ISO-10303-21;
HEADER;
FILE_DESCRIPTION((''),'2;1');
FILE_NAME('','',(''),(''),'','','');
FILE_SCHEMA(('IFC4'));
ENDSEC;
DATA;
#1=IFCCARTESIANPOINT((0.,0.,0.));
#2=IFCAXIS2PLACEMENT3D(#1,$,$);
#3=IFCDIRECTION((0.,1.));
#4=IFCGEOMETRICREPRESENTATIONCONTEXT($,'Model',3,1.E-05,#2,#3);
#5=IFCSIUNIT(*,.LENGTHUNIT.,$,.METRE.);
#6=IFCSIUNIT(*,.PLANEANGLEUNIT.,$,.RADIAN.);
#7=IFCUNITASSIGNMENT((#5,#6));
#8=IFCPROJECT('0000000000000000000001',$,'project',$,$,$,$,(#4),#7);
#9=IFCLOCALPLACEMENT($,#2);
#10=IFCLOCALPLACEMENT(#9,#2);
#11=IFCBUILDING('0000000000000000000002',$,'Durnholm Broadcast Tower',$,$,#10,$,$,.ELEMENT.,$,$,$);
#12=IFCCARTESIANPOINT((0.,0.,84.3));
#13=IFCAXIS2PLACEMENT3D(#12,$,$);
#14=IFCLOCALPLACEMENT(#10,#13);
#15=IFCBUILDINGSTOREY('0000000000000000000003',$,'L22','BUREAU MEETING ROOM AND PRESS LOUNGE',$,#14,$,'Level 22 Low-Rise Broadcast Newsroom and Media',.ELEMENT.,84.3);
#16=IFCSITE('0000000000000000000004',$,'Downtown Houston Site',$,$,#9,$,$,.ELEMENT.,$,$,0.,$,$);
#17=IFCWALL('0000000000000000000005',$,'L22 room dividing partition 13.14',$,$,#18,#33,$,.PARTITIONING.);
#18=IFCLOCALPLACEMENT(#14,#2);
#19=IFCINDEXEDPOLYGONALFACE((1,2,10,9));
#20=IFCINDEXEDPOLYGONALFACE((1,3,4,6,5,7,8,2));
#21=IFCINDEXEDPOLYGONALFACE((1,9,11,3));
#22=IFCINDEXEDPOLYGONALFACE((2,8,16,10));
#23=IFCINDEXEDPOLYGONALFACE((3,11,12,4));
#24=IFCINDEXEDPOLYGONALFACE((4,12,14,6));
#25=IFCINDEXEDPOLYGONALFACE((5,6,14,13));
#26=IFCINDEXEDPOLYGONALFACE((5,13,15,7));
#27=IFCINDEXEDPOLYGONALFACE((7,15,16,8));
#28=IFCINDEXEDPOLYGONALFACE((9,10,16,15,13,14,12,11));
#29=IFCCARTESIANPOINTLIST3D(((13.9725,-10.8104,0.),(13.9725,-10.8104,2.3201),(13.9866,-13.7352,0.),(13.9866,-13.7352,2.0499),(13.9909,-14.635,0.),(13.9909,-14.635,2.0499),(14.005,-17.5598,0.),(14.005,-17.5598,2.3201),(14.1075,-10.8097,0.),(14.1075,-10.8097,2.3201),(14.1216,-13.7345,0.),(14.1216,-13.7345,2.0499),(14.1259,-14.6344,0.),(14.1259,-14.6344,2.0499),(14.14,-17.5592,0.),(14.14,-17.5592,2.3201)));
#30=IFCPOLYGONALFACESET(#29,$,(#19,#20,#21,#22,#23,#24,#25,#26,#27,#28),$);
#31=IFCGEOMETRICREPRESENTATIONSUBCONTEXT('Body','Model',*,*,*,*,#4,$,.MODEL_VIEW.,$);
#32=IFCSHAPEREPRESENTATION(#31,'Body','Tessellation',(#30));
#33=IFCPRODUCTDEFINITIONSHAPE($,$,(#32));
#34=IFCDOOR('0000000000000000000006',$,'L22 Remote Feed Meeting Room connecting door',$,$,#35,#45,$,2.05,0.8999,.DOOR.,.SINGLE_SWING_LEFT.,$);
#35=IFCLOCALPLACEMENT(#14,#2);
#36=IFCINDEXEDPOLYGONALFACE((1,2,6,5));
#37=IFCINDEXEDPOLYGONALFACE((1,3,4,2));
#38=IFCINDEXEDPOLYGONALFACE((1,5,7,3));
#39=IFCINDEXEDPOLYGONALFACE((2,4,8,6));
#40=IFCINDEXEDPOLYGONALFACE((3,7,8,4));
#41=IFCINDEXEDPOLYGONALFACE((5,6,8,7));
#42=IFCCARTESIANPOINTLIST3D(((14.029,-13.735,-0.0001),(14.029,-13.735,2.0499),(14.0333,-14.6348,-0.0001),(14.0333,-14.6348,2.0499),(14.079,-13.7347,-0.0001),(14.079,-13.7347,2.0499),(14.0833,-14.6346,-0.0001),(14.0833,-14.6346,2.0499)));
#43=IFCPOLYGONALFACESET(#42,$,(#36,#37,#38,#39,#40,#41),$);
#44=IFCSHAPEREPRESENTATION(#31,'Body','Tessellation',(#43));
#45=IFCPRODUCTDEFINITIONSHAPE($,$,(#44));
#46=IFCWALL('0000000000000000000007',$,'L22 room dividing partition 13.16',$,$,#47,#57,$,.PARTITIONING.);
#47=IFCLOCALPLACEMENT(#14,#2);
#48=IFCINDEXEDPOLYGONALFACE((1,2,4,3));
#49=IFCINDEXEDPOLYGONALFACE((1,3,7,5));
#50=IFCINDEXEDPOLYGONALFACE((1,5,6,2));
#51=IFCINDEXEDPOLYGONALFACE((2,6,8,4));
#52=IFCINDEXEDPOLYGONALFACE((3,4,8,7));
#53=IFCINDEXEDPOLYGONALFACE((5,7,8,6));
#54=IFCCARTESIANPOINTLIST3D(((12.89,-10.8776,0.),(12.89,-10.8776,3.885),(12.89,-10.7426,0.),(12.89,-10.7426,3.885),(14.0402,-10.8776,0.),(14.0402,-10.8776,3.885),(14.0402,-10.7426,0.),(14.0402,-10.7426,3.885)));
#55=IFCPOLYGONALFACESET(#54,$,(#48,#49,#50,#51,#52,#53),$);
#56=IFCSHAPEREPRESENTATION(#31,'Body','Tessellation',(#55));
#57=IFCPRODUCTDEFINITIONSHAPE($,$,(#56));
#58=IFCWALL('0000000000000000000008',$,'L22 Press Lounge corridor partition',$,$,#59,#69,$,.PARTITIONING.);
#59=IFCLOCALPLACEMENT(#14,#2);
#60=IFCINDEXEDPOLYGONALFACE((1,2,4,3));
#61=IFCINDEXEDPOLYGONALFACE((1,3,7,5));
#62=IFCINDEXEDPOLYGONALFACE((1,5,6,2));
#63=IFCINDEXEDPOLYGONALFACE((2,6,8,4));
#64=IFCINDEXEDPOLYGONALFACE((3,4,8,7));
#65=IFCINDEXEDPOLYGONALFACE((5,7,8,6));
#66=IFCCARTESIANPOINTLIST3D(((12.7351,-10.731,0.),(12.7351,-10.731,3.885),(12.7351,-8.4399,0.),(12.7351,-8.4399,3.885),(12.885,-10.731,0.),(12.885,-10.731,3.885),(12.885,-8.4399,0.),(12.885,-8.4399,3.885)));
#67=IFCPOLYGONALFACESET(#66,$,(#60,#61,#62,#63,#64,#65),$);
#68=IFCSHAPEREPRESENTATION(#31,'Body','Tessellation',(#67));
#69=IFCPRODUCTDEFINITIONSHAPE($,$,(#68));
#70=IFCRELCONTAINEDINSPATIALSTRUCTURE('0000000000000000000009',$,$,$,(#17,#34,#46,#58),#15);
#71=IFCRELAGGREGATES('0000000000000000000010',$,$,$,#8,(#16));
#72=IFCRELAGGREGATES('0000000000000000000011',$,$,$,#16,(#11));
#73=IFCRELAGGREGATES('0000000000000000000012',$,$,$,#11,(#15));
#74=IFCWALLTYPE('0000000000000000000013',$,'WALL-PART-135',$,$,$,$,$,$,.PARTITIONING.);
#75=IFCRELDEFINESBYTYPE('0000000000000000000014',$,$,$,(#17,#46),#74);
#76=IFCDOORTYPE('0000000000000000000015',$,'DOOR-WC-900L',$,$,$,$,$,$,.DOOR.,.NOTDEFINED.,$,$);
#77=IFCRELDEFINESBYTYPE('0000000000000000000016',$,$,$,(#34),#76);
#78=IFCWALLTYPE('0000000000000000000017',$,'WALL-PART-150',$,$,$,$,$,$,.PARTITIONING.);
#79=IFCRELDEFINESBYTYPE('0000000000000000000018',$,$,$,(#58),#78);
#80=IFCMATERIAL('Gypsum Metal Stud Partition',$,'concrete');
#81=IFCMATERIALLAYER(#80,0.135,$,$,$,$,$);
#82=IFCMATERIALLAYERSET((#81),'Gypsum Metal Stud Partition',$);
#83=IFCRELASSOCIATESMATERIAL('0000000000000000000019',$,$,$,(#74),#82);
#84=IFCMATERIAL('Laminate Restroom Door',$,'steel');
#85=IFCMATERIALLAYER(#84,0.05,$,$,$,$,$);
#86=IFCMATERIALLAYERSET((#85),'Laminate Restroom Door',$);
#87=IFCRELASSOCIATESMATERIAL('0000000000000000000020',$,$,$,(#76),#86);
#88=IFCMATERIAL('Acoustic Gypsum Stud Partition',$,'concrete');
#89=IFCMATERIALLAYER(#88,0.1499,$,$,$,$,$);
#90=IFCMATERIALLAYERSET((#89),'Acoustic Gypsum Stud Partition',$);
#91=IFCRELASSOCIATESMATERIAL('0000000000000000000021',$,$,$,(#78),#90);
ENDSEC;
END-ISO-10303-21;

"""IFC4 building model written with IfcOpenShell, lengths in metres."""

from ifc_helpers import new_model, si_unit, direction, frame, frame_2d, origin, place, context, subcontext, project, spatial, rectangle, extrude, source, transform, mapped, material, layer, layer_set, type_object, type_shapes, element, fill, save


model = new_model("IFC4")

# Units and contexts
model_context = context("Model", 3, precision=1e-05, world=origin(), true_north=direction((0.0, 1.0)))
body_context = subcontext(model_context, "Body", "Model", "MODEL_VIEW")
ifc_project = project(units=[si_unit("LENGTHUNIT", "METRE"), si_unit("PLANEANGLEUNIT", "RADIAN")], contexts=[model_context])

# Site, building, storey
site_placement = place(None, origin())
site = spatial("IfcSite", under=ifc_project, at=site_placement, Name="Downtown Houston Site", CompositionType="ELEMENT", RefElevation=0.0)
building_placement = place(site_placement, origin())
building = spatial("IfcBuilding", under=site, at=building_placement, Name="Durnholm Broadcast Tower", CompositionType="ELEMENT")
storey_placement = place(building_placement, frame((0.0, 0.0, 84.3)))
storey = spatial("IfcBuildingStorey", under=building, at=storey_placement, Name="L22", Description="BUREAU MEETING ROOM AND PRESS LOUNGE", LongName="Level 22 Low-Rise Broadcast Newsroom and Media", CompositionType="ELEMENT", Elevation=84.3)

# Wall, opening, door
ifc_material_1 = material(Name="Gypsum Metal Stud Partition", Category="concrete")
ifc_layer_1 = layer(ifc_material_1, 0.135)
ifc_layer_set_1 = layer_set([ifc_layer_1], Name="Gypsum Metal Stud Partition")
wall_type_1 = type_object("IfcWallType", Name="WALL-PART-135", PredefinedType="PARTITIONING", material=ifc_layer_set_1)
wall_1_placement = place(storey_placement, frame((14.04, -10.8101, 0.0), z_axis=(0.0, 0.0, 1.0), x_axis=(0.004811, -0.999988, 0.0)))
wall_1 = element("IfcWall", 1, at=wall_1_placement, inside=storey, type_object=wall_type_1, Name="L22 room dividing partition 13.14", PredefinedType="PARTITIONING", context=body_context, shape_type="SweptSolid", body=[
    extrude(rectangle(XDim=6.7495, YDim=0.135, at=frame_2d((3.3748, 0.0))), origin(), (0.0, 0.0, 1.0), 2.3201),
])
opening_placement = place(wall_1_placement, frame((2.9248, 0.0, 0.0)))
opening = element("IfcOpeningElement", 2, at=opening_placement, cuts=wall_1, PredefinedType="OPENING", context=body_context, shape_type="SweptSolid", body=[
    extrude(rectangle(XDim=0.8999, YDim=2.05, at=frame_2d((0.45, 1.0249))), frame((0.0, 0.0776, 0.0), z_axis=(0.0, -1.0, 0.0), x_axis=(1.0, 0.0, 0.0)), (0.0, 0.0, 1.0), 0.155),
])
ifc_material_2 = material(Name="Laminate Restroom Door", Category="steel")
ifc_layer_2 = layer(ifc_material_2, 0.05)
ifc_layer_set_2 = layer_set([ifc_layer_2], Name="Laminate Restroom Door")
door_type = type_object("IfcDoorType", Name="DOOR-WC-900L", OperationType="NOTDEFINED", PredefinedType="DOOR", material=ifc_layer_set_2)
shared_shape_1 = source(origin(), body_context, "Body", "SweptSolid", [
    extrude(rectangle(XDim=0.8999, YDim=2.05, at=frame_2d((0.45, 1.0249))), frame((0.0, 0.0249, 0.0), z_axis=(0.0, -1.0, 0.0), x_axis=(1.0, 0.0, 0.0)), (0.0, 0.0, 1.0), 0.05),
])
type_shapes(door_type, [shared_shape_1])
door_placement = place(opening_placement, origin())
door = element("IfcDoor", 3, at=door_placement, inside=storey, type_object=door_type, Name="L22 Remote Feed Meeting Room connecting door", OperationType="SINGLE_SWING_LEFT", OverallHeight=2.05, OverallWidth=0.8999, PredefinedType="DOOR", context=body_context, shape_type="MappedRepresentation", body=[
    mapped(shared_shape_1, transform((0.0, 0.0, 0.0), x_axis=(1.0, 0.0, 0.0), y_axis=(0.0, 1.0, 0.0), z_axis=(0.0, 0.0, 1.0), scale=1.0)),
])
fill(opening, door)

# Walls
wall_2_placement = place(storey_placement, frame((12.8899, -10.8101, 0.0), z_axis=(0.0, 0.0, 1.0), x_axis=(1.0, 0.0, 0.0)))
element("IfcWall", 4, at=wall_2_placement, inside=storey, type_object=wall_type_1, Name="L22 room dividing partition 13.16", PredefinedType="PARTITIONING", context=body_context, shape_type="SweptSolid", body=[
    extrude(rectangle(XDim=1.1501, YDim=0.135, at=frame_2d((0.5752, 0.0))), origin(), (0.0, 0.0, 1.0), 3.885),
])
ifc_material_3 = material(Name="Acoustic Gypsum Stud Partition", Category="concrete")
ifc_layer_3 = layer(ifc_material_3, 0.1499)
ifc_layer_set_3 = layer_set([ifc_layer_3], Name="Acoustic Gypsum Stud Partition")
wall_type_2 = type_object("IfcWallType", Name="WALL-PART-150", PredefinedType="PARTITIONING", material=ifc_layer_set_3)
wall_3_placement = place(storey_placement, frame((12.8101, -10.731, 0.0), z_axis=(0.0, 0.0, 1.0), x_axis=(0.0, 1.0, 0.0)))
element("IfcWall", 5, at=wall_3_placement, inside=storey, type_object=wall_type_2, Name="L22 Press Lounge corridor partition", PredefinedType="PARTITIONING", context=body_context, shape_type="SweptSolid", body=[
    extrude(rectangle(XDim=2.291, YDim=0.1499, at=frame_2d((1.1455, 0.0))), origin(), (0.0, 0.0, 1.0), 3.885),
])

save(model, "model.ifc")
